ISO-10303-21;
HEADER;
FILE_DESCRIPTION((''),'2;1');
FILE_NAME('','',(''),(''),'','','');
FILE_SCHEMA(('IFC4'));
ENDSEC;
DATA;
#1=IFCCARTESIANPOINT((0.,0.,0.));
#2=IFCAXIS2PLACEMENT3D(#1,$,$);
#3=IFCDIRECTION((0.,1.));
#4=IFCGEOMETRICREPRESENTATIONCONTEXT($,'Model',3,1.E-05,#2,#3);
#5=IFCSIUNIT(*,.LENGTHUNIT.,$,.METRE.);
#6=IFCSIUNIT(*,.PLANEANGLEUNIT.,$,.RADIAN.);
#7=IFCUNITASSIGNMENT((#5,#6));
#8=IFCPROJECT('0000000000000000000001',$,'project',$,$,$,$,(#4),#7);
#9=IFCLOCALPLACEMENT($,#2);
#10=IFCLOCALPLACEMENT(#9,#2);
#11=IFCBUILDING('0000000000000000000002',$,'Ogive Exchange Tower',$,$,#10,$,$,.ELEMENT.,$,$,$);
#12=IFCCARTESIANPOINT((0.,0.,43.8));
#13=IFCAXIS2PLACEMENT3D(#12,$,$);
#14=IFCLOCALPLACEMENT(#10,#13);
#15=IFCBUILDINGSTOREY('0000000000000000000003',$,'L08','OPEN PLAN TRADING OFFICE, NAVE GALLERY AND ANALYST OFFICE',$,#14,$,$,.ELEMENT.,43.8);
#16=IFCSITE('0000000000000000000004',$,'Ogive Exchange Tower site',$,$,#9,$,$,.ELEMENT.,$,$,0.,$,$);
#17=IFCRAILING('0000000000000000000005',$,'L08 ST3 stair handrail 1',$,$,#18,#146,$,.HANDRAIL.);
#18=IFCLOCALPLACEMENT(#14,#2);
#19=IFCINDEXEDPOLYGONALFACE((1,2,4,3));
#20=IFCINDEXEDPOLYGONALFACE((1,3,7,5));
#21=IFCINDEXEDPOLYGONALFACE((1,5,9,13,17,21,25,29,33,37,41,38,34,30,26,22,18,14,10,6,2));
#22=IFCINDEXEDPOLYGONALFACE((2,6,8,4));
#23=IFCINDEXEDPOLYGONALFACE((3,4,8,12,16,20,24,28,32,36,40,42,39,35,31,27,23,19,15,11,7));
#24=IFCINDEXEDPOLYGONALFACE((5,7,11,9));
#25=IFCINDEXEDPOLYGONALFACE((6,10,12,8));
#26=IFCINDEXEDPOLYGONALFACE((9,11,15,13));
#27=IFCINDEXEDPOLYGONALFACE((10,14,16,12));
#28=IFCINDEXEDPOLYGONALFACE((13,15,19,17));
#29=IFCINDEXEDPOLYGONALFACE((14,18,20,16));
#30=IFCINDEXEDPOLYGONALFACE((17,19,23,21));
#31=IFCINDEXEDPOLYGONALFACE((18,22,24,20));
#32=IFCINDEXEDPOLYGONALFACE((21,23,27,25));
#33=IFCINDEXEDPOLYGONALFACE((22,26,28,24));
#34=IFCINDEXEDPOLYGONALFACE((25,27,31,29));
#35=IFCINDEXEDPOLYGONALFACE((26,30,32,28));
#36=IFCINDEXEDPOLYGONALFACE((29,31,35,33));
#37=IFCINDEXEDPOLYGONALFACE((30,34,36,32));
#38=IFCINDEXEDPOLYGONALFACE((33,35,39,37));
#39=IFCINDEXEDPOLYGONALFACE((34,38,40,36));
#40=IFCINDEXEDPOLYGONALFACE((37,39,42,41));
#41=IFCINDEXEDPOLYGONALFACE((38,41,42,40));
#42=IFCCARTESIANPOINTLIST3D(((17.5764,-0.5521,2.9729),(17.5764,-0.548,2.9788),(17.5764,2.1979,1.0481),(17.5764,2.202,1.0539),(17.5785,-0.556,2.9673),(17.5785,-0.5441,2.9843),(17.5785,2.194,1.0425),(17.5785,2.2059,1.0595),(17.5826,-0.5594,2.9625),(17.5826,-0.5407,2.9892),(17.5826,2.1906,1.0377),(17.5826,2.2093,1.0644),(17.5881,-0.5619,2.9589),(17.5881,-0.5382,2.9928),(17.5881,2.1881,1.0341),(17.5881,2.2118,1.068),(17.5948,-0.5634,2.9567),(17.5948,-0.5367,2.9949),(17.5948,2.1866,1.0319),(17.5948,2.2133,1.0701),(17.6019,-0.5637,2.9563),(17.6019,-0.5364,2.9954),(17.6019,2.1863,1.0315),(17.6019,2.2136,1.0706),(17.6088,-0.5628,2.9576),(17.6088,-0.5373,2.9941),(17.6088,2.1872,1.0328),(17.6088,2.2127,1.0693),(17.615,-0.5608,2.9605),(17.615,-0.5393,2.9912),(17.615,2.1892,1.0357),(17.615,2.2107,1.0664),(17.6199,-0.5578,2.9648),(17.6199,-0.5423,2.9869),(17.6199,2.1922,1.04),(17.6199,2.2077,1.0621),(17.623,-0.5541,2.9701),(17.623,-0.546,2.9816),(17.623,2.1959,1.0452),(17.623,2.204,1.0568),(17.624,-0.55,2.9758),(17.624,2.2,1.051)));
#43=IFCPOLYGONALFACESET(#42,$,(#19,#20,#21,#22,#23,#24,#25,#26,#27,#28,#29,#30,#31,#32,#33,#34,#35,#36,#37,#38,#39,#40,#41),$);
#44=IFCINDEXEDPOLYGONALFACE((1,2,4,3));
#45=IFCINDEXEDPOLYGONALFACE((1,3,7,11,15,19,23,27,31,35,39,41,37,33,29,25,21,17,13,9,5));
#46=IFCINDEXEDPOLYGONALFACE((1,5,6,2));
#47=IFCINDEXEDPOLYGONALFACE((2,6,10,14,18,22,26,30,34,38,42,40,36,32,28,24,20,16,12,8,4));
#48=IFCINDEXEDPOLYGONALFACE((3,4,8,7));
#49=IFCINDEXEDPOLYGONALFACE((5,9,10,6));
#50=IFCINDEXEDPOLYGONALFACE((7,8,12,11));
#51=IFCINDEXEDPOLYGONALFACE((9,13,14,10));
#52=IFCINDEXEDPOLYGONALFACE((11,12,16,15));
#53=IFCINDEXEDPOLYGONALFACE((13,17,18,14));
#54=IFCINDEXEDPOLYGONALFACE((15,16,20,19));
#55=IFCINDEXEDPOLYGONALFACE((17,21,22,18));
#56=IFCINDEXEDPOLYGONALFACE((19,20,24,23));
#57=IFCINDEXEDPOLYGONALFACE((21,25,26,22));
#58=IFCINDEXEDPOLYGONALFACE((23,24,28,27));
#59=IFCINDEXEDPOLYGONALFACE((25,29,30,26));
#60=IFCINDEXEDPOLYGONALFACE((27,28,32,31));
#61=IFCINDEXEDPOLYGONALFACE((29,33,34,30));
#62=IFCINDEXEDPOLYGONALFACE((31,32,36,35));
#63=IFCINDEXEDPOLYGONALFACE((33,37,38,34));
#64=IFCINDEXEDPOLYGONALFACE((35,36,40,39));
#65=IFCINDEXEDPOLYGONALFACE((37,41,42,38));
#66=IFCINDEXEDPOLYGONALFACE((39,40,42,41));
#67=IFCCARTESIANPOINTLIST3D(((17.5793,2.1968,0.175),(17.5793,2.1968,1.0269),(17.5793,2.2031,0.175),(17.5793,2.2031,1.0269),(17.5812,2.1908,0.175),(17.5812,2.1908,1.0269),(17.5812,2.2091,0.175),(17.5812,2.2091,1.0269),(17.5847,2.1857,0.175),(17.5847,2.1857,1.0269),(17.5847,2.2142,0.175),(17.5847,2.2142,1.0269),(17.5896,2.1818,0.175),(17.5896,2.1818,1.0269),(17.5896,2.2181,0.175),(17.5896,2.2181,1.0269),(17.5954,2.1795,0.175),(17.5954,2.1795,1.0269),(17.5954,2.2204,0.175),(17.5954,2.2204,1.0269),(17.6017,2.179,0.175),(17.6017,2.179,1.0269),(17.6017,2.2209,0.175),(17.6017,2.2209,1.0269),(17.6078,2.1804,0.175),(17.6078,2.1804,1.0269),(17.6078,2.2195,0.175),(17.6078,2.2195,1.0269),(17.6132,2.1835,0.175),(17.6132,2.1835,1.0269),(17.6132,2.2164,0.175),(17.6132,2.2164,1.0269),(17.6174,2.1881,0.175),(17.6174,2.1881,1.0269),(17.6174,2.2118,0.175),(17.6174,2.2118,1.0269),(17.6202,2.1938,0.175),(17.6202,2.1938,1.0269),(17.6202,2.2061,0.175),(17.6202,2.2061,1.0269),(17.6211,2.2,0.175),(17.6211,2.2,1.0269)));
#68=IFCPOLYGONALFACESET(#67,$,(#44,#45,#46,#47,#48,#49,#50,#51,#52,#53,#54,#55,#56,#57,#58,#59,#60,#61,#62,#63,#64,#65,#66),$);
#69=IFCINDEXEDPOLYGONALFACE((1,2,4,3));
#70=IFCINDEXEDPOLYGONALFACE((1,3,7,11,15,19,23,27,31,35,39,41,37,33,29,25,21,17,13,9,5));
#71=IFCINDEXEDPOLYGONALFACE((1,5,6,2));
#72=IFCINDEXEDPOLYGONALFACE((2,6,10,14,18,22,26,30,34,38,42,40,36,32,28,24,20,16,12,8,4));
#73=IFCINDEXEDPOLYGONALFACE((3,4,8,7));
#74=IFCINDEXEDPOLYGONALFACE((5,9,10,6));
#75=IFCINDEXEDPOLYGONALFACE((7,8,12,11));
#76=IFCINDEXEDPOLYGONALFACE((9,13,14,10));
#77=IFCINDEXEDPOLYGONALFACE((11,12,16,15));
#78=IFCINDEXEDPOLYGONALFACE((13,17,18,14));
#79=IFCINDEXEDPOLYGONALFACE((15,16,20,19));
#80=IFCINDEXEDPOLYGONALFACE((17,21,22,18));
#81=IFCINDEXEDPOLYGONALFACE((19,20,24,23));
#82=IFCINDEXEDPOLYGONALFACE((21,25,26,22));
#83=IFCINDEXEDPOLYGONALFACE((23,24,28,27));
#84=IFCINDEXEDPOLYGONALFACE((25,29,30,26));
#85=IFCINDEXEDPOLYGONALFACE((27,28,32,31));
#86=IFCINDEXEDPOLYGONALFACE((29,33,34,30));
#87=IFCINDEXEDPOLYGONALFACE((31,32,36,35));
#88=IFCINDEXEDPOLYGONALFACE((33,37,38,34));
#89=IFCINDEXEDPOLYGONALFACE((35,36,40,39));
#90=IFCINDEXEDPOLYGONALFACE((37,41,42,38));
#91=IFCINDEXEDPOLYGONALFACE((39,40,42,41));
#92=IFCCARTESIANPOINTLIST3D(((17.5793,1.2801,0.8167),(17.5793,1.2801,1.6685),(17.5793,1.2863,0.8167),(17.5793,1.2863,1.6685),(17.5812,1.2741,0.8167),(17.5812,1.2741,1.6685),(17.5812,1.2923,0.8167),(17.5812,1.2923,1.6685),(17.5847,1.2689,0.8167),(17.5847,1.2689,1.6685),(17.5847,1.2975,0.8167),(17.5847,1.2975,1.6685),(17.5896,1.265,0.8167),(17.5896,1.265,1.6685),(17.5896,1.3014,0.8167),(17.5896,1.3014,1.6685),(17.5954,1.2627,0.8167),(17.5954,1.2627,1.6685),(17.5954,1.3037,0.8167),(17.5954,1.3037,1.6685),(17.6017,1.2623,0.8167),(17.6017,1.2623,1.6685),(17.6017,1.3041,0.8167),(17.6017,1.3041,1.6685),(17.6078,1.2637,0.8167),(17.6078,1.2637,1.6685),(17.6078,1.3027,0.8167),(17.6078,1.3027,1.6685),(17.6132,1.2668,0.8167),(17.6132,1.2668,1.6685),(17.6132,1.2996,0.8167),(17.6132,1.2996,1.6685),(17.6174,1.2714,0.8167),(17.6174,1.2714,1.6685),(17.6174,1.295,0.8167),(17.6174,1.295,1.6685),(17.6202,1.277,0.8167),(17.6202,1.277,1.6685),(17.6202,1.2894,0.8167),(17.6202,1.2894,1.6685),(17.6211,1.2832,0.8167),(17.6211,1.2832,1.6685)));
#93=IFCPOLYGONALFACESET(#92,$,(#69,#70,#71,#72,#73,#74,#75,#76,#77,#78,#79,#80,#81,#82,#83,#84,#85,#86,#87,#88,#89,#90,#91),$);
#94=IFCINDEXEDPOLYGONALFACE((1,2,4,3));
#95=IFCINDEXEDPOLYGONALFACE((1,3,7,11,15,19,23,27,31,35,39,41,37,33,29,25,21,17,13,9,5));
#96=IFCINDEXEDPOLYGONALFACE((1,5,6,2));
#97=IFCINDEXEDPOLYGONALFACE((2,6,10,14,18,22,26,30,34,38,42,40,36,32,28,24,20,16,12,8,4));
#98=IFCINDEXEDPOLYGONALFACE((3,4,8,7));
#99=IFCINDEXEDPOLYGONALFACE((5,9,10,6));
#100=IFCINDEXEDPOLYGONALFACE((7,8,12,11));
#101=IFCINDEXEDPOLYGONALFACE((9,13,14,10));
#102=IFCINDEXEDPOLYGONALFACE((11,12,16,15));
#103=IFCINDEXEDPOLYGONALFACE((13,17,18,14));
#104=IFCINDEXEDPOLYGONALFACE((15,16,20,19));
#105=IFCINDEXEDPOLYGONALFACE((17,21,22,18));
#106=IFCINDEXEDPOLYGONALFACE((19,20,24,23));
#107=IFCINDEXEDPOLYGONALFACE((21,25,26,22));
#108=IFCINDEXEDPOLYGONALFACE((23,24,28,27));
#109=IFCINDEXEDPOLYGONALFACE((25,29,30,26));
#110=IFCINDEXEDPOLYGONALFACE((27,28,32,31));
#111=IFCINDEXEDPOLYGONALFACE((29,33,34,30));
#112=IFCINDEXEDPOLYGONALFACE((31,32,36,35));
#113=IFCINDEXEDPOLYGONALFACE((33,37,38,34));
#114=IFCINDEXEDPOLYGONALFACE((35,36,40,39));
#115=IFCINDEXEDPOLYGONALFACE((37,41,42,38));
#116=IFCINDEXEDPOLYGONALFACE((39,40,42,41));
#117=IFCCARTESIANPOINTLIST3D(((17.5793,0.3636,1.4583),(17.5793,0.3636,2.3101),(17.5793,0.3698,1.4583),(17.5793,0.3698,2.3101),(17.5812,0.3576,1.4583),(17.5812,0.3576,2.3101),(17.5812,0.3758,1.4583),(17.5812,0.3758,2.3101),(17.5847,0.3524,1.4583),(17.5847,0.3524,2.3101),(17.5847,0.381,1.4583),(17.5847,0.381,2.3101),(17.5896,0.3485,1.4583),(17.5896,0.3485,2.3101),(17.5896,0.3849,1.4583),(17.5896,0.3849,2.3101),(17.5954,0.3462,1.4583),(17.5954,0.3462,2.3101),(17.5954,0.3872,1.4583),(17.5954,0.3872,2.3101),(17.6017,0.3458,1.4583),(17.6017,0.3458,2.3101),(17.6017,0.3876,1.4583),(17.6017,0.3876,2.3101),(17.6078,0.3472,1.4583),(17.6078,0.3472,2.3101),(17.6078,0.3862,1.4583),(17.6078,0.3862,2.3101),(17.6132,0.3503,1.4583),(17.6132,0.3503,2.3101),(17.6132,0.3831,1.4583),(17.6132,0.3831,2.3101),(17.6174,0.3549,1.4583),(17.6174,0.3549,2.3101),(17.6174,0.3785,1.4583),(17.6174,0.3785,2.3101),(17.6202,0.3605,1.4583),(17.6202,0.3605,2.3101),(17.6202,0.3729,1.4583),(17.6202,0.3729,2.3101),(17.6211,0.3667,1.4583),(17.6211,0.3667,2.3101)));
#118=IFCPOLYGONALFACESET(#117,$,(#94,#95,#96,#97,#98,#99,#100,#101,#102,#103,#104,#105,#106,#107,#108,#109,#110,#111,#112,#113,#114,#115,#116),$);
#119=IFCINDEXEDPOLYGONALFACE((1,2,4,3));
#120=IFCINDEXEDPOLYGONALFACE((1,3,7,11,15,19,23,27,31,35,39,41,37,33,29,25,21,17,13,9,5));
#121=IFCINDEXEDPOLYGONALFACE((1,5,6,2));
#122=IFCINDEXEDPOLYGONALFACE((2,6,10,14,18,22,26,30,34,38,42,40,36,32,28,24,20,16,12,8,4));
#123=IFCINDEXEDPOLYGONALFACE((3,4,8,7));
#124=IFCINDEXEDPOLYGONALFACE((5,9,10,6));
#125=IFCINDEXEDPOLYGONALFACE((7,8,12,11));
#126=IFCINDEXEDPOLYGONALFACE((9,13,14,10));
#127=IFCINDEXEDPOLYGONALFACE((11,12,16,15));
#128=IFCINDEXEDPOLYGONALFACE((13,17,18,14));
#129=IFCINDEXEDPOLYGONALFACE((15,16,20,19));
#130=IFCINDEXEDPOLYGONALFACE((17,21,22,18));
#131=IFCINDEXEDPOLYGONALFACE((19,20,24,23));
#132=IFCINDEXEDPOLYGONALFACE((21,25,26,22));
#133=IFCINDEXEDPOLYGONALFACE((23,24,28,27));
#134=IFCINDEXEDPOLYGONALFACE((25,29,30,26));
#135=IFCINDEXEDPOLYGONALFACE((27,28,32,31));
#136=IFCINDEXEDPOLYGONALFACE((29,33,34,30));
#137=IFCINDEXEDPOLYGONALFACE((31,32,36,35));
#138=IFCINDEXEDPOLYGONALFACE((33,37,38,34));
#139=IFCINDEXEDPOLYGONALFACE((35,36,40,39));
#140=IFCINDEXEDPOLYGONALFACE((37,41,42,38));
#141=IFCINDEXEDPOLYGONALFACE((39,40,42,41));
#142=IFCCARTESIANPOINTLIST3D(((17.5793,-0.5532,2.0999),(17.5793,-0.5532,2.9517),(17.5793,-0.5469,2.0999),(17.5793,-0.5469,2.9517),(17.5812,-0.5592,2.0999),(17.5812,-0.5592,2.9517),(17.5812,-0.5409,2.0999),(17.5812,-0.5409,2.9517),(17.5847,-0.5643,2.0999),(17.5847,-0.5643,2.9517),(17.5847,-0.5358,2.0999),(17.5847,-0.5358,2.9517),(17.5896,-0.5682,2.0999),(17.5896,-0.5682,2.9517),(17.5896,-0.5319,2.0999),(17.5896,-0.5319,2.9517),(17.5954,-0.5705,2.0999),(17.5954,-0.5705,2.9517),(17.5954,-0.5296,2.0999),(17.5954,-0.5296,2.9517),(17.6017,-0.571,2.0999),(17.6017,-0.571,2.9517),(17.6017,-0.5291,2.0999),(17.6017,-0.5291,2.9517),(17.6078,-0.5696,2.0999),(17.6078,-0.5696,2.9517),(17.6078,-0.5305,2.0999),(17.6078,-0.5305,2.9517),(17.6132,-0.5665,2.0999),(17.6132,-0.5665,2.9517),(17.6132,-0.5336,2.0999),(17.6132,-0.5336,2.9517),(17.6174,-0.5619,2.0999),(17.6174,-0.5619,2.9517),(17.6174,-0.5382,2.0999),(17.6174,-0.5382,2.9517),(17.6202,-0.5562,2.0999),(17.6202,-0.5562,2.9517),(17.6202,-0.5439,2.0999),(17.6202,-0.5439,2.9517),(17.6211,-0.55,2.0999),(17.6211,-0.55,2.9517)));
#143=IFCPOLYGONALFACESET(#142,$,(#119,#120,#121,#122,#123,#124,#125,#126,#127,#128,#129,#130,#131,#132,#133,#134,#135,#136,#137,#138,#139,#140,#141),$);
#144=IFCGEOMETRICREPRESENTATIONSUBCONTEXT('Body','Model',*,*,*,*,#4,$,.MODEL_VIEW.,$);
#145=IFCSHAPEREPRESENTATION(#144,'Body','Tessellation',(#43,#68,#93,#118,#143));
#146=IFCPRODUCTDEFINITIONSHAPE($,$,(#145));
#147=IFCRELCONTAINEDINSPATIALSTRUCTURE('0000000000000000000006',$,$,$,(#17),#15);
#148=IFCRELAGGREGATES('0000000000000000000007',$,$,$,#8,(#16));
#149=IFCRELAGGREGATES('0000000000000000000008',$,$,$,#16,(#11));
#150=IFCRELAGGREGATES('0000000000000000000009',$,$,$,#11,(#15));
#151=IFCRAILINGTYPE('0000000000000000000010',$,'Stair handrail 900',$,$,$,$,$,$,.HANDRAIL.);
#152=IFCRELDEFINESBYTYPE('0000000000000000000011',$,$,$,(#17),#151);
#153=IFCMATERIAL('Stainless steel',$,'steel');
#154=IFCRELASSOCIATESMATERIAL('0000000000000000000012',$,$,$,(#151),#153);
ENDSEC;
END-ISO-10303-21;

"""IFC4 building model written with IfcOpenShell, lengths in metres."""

from ifc_helpers import new_model, si_unit, direction, frame, origin, origin_2d, place, context, subcontext, project, spatial, circle, extrude, material, type_object, element, save


model = new_model("IFC4")

# Units and contexts
model_context = context("Model", 3, precision=1e-05, world=origin(), true_north=direction((0.0, 1.0)))
body_context = subcontext(model_context, "Body", "Model", "MODEL_VIEW")
ifc_project = project(units=[si_unit("LENGTHUNIT", "METRE"), si_unit("PLANEANGLEUNIT", "RADIAN")], contexts=[model_context])

# Site, building, storey
site_placement = place(None, origin())
site = spatial("IfcSite", under=ifc_project, at=site_placement, Name="Ogive Exchange Tower site", CompositionType="ELEMENT", RefElevation=0.0)
building_placement = place(site_placement, origin())
building = spatial("IfcBuilding", under=site, at=building_placement, Name="Ogive Exchange Tower", CompositionType="ELEMENT")
storey_placement = place(building_placement, frame((0.0, 0.0, 43.8)))
storey = spatial("IfcBuildingStorey", under=building, at=storey_placement, Name="L08", Description="OPEN PLAN TRADING OFFICE, NAVE GALLERY AND ANALYST OFFICE", CompositionType="ELEMENT", Elevation=43.8)

# Shared definitions
ifc_material_1 = material(Name="Stainless steel", Category="steel")

# Railing
railing_type = type_object("IfcRailingType", Name="Stair handrail 900", PredefinedType="HANDRAIL", material=ifc_material_1)
railing_placement = place(storey_placement, frame((17.6001, 2.2, 0.175)))
element("IfcRailing", 1, at=railing_placement, inside=storey, type_object=railing_type, Name="L08 ST3 stair handrail 1", PredefinedType="HANDRAIL", context=body_context, shape_type="SweptSolid", body=[
    extrude(circle(Radius=0.0239, at=origin_2d()), frame((0.0, 0.0, 0.876), z_axis=(0.0, -0.819259, 0.573423), x_axis=(1.0, 0.0, 0.0)), (0.0, 0.0, 1.0), 3.3567),
    extrude(circle(Radius=0.021, at=origin_2d()), origin(), (0.0, 0.0, 1.0), 0.8518),
    extrude(circle(Radius=0.021, at=origin_2d()), frame((0.0, -0.9167, 0.6416)), (0.0, 0.0, 1.0), 0.8518),
    extrude(circle(Radius=0.021, at=origin_2d()), frame((0.0, -1.8333, 1.2832)), (0.0, 0.0, 1.0), 0.8518),
    extrude(circle(Radius=0.021, at=origin_2d()), frame((0.0, -2.75, 1.9248)), (0.0, 0.0, 1.0), 0.8518),
])

save(model, "model.ifc")
